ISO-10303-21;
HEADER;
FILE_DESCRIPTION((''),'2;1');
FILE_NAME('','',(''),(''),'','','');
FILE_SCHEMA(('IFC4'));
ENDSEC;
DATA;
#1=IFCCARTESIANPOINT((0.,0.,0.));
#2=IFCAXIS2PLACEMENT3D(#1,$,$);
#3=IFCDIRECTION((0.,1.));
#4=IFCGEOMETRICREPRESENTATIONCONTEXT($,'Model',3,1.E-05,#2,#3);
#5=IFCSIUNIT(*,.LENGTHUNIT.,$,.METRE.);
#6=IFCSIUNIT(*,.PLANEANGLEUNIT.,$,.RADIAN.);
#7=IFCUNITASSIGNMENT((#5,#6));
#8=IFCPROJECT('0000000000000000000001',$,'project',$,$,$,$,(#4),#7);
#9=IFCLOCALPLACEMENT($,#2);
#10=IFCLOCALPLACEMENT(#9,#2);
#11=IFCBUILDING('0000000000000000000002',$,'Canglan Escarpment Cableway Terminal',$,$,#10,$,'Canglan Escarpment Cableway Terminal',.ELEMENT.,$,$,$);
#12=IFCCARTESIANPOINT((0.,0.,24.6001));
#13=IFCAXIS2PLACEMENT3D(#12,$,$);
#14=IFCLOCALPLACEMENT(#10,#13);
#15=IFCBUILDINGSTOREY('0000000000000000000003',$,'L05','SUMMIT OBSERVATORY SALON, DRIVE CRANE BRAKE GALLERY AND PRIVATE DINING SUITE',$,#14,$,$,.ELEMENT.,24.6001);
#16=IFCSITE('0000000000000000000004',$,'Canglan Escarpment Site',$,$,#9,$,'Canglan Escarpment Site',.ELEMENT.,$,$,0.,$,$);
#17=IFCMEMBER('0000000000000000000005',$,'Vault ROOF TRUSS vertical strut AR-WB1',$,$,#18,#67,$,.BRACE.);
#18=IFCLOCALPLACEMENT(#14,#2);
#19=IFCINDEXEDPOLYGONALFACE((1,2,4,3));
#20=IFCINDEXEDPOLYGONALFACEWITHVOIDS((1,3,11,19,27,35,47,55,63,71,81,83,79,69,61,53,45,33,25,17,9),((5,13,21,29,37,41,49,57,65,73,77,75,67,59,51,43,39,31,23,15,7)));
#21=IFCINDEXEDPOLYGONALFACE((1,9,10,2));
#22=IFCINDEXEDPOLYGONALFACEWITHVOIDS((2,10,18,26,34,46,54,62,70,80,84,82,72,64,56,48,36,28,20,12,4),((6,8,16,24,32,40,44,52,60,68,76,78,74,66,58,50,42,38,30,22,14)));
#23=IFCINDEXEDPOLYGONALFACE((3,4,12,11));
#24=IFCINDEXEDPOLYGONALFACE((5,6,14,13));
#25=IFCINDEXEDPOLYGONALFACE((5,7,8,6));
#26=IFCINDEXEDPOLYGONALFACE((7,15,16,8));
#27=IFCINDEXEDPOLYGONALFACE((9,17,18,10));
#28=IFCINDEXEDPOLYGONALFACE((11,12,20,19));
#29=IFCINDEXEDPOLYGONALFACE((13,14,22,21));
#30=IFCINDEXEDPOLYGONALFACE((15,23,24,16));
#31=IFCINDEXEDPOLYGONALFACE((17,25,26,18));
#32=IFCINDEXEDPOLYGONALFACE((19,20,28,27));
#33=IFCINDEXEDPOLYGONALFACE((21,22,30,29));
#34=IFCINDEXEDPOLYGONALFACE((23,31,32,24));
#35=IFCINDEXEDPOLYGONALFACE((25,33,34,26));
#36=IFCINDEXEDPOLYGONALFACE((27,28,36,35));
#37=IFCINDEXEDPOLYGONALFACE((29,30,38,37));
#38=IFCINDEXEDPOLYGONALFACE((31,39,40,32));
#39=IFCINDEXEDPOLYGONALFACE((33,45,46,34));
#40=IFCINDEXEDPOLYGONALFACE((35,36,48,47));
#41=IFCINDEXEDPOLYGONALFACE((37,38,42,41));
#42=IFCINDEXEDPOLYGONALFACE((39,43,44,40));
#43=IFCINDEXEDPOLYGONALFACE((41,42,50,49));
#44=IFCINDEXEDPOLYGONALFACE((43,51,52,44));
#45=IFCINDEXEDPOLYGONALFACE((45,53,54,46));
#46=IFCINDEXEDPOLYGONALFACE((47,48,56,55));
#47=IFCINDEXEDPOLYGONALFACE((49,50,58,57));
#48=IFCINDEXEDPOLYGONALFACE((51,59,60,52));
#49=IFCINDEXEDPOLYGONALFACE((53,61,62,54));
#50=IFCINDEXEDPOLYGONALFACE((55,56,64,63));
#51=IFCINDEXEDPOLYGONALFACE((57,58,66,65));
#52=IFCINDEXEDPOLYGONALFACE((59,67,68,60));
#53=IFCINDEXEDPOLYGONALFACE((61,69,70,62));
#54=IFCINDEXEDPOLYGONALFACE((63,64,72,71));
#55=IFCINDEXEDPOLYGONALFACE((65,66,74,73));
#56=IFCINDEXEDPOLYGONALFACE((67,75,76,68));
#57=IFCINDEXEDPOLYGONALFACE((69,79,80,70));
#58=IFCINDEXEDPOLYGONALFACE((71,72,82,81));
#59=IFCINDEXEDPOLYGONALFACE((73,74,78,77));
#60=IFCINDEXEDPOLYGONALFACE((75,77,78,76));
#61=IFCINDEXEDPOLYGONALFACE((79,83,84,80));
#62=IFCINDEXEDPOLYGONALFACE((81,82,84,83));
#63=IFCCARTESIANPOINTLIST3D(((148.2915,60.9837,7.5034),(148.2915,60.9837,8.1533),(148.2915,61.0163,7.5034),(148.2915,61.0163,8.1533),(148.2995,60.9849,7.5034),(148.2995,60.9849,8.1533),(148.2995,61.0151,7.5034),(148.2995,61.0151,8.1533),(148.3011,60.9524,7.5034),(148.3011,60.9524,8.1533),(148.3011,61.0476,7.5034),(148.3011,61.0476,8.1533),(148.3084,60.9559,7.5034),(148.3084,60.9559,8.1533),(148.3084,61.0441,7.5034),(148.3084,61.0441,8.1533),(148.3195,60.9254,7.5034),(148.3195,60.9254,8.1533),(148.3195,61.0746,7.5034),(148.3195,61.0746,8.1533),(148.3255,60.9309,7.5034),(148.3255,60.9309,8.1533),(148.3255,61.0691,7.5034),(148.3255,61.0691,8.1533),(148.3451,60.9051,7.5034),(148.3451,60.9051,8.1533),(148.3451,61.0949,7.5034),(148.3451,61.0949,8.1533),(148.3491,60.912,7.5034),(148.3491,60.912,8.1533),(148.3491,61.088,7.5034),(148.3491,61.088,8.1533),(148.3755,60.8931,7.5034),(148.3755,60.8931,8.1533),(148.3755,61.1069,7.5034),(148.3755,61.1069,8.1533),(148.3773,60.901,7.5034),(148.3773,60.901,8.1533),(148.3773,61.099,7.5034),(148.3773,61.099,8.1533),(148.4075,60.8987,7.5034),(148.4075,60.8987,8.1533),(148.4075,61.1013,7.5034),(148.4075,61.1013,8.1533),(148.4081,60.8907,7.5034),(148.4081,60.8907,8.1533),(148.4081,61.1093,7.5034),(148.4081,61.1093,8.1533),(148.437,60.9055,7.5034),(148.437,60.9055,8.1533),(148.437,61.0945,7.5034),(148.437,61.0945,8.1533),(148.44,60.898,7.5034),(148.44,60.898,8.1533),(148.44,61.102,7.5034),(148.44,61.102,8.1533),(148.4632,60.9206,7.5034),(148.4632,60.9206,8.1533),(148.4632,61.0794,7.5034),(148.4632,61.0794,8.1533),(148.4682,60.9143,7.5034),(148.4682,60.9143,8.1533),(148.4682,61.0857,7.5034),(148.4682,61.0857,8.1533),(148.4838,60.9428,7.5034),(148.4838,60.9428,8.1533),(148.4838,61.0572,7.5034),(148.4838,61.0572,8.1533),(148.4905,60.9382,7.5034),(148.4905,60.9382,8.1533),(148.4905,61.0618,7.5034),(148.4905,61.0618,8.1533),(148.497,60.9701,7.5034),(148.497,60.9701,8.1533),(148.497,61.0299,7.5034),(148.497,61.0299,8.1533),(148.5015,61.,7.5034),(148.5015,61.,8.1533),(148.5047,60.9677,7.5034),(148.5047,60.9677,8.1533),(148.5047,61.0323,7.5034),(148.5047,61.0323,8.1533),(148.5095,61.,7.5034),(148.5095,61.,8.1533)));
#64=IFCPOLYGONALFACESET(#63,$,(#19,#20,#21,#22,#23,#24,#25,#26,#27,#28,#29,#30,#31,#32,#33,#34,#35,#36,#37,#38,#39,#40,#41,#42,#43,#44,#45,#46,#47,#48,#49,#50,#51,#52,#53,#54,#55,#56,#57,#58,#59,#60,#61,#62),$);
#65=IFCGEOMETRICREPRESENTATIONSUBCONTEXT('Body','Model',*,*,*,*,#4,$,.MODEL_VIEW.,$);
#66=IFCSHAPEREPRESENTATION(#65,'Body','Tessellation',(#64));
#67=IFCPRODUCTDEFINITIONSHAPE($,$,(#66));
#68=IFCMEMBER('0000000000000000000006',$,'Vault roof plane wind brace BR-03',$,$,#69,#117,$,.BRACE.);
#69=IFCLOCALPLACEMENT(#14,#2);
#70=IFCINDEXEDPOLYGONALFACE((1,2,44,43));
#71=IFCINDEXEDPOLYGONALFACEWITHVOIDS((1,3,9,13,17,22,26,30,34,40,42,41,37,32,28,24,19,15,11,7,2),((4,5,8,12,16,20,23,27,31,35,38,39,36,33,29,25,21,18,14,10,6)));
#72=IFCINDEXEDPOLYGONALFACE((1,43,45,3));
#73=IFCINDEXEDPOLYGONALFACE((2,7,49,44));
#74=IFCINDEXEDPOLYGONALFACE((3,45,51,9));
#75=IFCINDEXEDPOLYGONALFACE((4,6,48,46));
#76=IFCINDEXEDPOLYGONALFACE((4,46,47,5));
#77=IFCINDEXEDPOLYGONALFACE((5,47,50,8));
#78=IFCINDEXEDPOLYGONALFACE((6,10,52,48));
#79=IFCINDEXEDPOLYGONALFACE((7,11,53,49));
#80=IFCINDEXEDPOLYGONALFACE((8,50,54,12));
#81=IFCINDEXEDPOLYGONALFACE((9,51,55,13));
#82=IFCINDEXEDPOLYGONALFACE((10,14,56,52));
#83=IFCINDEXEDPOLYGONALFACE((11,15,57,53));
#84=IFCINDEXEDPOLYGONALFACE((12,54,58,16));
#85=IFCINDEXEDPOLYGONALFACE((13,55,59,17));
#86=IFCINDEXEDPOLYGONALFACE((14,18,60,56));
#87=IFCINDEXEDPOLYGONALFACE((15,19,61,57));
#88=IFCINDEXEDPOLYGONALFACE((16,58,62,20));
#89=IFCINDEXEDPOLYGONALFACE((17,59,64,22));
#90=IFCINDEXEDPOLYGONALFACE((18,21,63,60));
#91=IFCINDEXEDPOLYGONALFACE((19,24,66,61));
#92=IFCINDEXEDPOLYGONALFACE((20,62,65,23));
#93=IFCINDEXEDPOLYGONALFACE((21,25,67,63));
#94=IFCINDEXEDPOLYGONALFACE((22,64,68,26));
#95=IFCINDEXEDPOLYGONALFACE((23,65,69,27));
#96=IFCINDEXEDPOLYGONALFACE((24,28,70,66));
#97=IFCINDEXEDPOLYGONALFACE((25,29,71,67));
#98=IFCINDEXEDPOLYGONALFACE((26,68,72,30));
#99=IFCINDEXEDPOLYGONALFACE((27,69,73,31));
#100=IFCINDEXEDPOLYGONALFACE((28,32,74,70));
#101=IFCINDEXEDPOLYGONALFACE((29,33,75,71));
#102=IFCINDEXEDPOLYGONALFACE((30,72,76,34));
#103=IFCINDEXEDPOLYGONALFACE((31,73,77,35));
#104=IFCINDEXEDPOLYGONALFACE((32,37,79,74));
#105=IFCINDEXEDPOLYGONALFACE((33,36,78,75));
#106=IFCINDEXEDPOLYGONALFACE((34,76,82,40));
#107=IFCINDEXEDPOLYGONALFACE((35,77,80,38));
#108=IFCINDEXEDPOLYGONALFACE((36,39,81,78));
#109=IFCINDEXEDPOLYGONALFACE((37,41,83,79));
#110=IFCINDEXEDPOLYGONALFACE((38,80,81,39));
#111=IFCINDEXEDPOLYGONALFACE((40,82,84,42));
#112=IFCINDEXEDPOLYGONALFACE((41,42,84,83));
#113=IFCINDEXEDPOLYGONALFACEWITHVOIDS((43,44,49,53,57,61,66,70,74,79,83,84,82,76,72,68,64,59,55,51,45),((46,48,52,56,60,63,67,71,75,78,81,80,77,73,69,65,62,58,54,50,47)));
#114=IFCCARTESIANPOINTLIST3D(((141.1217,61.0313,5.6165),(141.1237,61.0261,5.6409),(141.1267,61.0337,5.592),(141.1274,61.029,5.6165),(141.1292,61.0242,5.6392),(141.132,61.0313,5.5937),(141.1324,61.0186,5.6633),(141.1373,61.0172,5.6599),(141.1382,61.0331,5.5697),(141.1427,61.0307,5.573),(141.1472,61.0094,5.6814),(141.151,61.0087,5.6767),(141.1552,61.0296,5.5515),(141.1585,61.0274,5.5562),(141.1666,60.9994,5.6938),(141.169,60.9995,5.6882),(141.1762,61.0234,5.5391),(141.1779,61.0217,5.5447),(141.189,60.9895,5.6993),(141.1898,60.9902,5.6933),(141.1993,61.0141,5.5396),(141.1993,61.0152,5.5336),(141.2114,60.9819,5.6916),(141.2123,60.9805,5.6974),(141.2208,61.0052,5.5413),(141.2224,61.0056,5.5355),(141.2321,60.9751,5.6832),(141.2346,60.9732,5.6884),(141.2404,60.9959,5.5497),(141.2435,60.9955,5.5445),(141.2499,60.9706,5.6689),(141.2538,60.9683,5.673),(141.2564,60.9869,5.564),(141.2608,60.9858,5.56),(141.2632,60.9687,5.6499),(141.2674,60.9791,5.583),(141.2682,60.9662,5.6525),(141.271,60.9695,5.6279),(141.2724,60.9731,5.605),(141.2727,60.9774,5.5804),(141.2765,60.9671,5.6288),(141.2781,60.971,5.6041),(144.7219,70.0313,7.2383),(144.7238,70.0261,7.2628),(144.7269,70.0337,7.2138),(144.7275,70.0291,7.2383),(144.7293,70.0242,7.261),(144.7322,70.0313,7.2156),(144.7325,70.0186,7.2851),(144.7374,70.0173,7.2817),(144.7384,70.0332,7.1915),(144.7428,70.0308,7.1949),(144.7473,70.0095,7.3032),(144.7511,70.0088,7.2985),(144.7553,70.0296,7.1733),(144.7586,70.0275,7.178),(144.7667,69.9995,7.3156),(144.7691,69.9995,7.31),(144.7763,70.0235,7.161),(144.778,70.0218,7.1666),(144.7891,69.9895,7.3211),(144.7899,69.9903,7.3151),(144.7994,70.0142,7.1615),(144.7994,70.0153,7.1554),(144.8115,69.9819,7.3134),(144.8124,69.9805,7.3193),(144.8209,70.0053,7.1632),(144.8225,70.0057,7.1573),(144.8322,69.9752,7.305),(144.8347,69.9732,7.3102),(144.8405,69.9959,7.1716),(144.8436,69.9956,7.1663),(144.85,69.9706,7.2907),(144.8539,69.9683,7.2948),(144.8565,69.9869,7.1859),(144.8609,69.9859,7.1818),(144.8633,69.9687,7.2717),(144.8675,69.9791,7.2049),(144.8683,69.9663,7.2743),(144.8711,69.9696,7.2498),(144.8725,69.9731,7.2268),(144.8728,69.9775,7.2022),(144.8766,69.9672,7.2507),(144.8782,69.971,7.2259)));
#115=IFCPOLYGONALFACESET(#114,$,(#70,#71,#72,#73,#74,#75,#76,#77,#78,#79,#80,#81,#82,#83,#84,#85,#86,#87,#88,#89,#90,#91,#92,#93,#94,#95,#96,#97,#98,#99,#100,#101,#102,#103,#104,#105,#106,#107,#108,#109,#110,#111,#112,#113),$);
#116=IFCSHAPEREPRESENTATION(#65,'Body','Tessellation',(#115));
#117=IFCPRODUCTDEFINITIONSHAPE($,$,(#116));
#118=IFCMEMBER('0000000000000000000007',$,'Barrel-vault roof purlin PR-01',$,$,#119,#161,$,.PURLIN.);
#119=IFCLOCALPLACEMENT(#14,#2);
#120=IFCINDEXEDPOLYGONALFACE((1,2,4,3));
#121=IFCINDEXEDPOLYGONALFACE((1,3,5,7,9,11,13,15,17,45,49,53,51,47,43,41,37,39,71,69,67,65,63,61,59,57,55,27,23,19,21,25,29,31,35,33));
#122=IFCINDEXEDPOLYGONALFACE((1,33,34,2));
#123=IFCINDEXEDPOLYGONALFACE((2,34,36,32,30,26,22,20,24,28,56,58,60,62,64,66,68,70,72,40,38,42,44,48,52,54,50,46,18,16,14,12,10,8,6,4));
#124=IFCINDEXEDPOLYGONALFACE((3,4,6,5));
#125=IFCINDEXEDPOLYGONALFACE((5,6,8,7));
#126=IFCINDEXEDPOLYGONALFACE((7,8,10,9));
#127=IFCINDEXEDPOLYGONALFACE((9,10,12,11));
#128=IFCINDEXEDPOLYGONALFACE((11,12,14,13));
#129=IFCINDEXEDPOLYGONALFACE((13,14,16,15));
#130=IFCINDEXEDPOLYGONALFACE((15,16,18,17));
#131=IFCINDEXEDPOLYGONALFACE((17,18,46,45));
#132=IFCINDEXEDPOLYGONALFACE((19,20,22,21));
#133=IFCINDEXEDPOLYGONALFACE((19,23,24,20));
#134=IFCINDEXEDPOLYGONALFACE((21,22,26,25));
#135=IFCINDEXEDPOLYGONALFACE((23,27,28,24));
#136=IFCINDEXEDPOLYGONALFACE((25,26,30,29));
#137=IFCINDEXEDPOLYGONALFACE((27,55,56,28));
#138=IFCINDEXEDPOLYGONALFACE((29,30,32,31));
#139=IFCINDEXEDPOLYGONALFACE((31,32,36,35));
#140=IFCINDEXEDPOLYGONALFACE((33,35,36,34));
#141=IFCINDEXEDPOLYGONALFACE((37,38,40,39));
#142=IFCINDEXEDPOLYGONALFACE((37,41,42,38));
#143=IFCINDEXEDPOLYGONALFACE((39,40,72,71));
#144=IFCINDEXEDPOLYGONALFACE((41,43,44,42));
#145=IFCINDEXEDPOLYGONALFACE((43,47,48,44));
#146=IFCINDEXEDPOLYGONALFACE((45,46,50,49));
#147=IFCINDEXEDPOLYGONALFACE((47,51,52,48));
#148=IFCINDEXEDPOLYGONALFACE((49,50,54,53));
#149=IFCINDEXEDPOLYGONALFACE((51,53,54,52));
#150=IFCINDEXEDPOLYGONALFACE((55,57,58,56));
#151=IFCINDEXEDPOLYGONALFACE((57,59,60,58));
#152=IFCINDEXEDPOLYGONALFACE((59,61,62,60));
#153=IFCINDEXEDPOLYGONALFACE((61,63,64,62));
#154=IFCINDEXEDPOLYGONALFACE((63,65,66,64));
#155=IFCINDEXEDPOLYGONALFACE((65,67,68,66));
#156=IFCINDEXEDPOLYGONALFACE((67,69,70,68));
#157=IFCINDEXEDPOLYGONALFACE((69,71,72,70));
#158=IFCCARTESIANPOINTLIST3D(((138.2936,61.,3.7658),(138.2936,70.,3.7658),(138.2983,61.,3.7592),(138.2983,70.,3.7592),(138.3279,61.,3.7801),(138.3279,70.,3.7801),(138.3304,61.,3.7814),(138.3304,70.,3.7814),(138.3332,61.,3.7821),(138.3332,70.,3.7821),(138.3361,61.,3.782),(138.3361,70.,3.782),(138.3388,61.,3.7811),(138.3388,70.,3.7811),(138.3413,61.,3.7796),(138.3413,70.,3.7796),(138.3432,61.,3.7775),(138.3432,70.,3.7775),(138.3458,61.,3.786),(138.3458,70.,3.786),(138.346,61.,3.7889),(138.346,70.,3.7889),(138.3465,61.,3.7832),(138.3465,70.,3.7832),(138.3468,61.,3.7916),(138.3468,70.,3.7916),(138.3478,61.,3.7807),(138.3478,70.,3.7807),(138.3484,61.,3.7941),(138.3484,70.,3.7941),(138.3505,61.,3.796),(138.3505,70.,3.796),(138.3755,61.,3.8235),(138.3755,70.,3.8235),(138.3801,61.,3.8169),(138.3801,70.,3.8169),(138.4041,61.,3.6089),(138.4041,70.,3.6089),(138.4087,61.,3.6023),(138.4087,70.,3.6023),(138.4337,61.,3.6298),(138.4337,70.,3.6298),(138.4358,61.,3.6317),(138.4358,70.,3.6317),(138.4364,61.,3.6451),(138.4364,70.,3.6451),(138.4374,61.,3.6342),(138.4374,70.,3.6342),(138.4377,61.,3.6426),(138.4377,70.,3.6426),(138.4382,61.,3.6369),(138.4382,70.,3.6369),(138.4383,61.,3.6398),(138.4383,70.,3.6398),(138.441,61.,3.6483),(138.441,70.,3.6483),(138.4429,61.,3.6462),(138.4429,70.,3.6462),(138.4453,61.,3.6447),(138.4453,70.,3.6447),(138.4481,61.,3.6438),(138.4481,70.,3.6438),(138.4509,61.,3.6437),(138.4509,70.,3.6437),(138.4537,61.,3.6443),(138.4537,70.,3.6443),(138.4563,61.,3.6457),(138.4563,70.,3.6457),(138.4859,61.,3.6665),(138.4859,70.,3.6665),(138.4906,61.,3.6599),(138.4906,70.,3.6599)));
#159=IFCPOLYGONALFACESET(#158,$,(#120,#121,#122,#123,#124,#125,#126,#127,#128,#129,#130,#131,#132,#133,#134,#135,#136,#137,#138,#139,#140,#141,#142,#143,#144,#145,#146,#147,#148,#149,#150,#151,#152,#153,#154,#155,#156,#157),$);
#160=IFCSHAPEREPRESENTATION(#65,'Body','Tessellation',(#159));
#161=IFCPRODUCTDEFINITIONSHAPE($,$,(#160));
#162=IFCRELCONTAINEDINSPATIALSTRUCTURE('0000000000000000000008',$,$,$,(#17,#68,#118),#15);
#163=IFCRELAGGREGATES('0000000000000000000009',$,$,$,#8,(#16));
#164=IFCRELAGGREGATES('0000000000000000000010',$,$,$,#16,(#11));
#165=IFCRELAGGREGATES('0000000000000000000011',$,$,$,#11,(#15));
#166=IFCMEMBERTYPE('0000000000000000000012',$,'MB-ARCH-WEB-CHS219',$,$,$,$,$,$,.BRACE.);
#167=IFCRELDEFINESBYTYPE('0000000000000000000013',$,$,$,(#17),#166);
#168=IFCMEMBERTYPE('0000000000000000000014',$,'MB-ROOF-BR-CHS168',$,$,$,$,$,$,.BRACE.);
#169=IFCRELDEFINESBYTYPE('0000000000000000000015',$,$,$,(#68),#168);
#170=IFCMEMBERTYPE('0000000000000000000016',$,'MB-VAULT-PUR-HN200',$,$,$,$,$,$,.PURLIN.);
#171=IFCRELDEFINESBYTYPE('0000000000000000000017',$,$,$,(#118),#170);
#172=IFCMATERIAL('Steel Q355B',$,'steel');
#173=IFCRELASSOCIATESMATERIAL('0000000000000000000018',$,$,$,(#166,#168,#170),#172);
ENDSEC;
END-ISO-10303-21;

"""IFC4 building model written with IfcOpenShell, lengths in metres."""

from ifc_helpers import new_model, si_unit, direction, frame, origin, origin_2d, place, context, subcontext, project, spatial, hollow_circle, i_section, extrude, material, material_profile, profile_set, type_object, element, save


model = new_model("IFC4")

# Units and contexts
model_context = context("Model", 3, precision=1e-05, world=origin(), true_north=direction((0.0, 1.0)))
body_context = subcontext(model_context, "Body", "Model", "MODEL_VIEW")
ifc_project = project(units=[si_unit("LENGTHUNIT", "METRE"), si_unit("PLANEANGLEUNIT", "RADIAN")], contexts=[model_context])

# Site, building, storey
site_placement = place(None, origin())
site = spatial("IfcSite", under=ifc_project, at=site_placement, Name="Canglan Escarpment Site", LongName="Canglan Escarpment Site", CompositionType="ELEMENT", RefElevation=0.0)
building_placement = place(site_placement, origin())
building = spatial("IfcBuilding", under=site, at=building_placement, Name="Canglan Escarpment Cableway Terminal", LongName="Canglan Escarpment Cableway Terminal", CompositionType="ELEMENT")
storey_placement = place(building_placement, frame((0.0, 0.0, 24.6001)))
storey = spatial("IfcBuildingStorey", under=building, at=storey_placement, Name="L05", Description="SUMMIT OBSERVATORY SALON, DRIVE CRANE BRAKE GALLERY AND PRIVATE DINING SUITE", CompositionType="ELEMENT", Elevation=24.6001)

# Shared definitions
ifc_material_1 = material(Name="Steel Q355B", Category="steel")

# Members
ifc_material_profile_1 = material_profile(ifc_material_1, hollow_circle(Radius=0.1096, WallThickness=0.0081, at=origin_2d()), Name="CHS 219.1x8")
ifc_profile_set_1 = profile_set([ifc_material_profile_1], Name="Steel Q355B")
member_type_1 = type_object("IfcMemberType", Name="MB-ARCH-WEB-CHS219", PredefinedType="BRACE", material=ifc_profile_set_1)
for number, where, z_axis, x_axis, name in (
    (1, (148.3999, 61.0, 7.5034), (0.0, 0.0, 1.0), (1.0, 0.0, 0.0), "Vault ROOF TRUSS vertical strut AR-WB1"),
):
    element("IfcMember", number, at=place(storey_placement, frame(where, z_axis=z_axis, x_axis=x_axis)), inside=storey, type_object=member_type_1, Name=name, PredefinedType="BRACE", context=body_context, shape_type="SweptSolid", body=[
        extrude(hollow_circle(Radius=0.1096, WallThickness=0.0081, at=origin_2d()), origin(), (0.0, 0.0, 1.0), 0.6499),
    ])
ifc_material_profile_2 = material_profile(ifc_material_1, hollow_circle(Radius=0.0842, WallThickness=0.0061, at=origin_2d()), Name="CHS 168.3x6")
ifc_profile_set_2 = profile_set([ifc_material_profile_2], Name="Steel Q355B")
member_type_2 = type_object("IfcMemberType", Name="MB-ROOF-BR-CHS168", PredefinedType="BRACE", material=ifc_profile_set_2)
member_1_placement = place(storey_placement, frame((141.2, 61.0, 5.6165), z_axis=(0.366308, 0.915744, 0.16502), x_axis=(-0.928473, 0.371399, 0.0)))
element("IfcMember", 2, at=member_1_placement, inside=storey, type_object=member_type_2, Name="Vault roof plane wind brace BR-03", PredefinedType="BRACE", context=body_context, shape_type="SweptSolid", body=[
    extrude(hollow_circle(Radius=0.0842, WallThickness=0.0061, at=origin_2d()), origin(), (0.0, 0.0, 1.0), 9.8281),
])
ifc_material_profile_3 = material_profile(ifc_material_1, i_section(OverallWidth=0.1001, OverallDepth=0.2, WebThickness=0.0056, FlangeThickness=0.0081, FilletRadius=0.011, at=origin_2d()), Name="HN 200x100x5.5x8")
ifc_profile_set_3 = profile_set([ifc_material_profile_3], Name="Steel Q355B")
member_type_3 = type_object("IfcMemberType", Name="MB-VAULT-PUR-HN200", PredefinedType="PURLIN", material=ifc_profile_set_3)
for number, where, z_axis, x_axis, name in (
    (3, (138.3921, 61.0, 3.7129), (0.0, 1.0, 0.0), (-0.817728, 0.0, -0.575605), "Barrel-vault roof purlin PR-01"),
):
    element("IfcMember", number, at=place(storey_placement, frame(where, z_axis=z_axis, x_axis=x_axis)), inside=storey, type_object=member_type_3, Name=name, PredefinedType="PURLIN", context=body_context, shape_type="SweptSolid", body=[
        extrude(i_section(OverallWidth=0.1001, OverallDepth=0.2, WebThickness=0.0056, FlangeThickness=0.0081, FilletRadius=0.011, at=origin_2d()), origin(), (0.0, 0.0, 1.0), 9.0),
    ])

save(model, "model.ifc")
